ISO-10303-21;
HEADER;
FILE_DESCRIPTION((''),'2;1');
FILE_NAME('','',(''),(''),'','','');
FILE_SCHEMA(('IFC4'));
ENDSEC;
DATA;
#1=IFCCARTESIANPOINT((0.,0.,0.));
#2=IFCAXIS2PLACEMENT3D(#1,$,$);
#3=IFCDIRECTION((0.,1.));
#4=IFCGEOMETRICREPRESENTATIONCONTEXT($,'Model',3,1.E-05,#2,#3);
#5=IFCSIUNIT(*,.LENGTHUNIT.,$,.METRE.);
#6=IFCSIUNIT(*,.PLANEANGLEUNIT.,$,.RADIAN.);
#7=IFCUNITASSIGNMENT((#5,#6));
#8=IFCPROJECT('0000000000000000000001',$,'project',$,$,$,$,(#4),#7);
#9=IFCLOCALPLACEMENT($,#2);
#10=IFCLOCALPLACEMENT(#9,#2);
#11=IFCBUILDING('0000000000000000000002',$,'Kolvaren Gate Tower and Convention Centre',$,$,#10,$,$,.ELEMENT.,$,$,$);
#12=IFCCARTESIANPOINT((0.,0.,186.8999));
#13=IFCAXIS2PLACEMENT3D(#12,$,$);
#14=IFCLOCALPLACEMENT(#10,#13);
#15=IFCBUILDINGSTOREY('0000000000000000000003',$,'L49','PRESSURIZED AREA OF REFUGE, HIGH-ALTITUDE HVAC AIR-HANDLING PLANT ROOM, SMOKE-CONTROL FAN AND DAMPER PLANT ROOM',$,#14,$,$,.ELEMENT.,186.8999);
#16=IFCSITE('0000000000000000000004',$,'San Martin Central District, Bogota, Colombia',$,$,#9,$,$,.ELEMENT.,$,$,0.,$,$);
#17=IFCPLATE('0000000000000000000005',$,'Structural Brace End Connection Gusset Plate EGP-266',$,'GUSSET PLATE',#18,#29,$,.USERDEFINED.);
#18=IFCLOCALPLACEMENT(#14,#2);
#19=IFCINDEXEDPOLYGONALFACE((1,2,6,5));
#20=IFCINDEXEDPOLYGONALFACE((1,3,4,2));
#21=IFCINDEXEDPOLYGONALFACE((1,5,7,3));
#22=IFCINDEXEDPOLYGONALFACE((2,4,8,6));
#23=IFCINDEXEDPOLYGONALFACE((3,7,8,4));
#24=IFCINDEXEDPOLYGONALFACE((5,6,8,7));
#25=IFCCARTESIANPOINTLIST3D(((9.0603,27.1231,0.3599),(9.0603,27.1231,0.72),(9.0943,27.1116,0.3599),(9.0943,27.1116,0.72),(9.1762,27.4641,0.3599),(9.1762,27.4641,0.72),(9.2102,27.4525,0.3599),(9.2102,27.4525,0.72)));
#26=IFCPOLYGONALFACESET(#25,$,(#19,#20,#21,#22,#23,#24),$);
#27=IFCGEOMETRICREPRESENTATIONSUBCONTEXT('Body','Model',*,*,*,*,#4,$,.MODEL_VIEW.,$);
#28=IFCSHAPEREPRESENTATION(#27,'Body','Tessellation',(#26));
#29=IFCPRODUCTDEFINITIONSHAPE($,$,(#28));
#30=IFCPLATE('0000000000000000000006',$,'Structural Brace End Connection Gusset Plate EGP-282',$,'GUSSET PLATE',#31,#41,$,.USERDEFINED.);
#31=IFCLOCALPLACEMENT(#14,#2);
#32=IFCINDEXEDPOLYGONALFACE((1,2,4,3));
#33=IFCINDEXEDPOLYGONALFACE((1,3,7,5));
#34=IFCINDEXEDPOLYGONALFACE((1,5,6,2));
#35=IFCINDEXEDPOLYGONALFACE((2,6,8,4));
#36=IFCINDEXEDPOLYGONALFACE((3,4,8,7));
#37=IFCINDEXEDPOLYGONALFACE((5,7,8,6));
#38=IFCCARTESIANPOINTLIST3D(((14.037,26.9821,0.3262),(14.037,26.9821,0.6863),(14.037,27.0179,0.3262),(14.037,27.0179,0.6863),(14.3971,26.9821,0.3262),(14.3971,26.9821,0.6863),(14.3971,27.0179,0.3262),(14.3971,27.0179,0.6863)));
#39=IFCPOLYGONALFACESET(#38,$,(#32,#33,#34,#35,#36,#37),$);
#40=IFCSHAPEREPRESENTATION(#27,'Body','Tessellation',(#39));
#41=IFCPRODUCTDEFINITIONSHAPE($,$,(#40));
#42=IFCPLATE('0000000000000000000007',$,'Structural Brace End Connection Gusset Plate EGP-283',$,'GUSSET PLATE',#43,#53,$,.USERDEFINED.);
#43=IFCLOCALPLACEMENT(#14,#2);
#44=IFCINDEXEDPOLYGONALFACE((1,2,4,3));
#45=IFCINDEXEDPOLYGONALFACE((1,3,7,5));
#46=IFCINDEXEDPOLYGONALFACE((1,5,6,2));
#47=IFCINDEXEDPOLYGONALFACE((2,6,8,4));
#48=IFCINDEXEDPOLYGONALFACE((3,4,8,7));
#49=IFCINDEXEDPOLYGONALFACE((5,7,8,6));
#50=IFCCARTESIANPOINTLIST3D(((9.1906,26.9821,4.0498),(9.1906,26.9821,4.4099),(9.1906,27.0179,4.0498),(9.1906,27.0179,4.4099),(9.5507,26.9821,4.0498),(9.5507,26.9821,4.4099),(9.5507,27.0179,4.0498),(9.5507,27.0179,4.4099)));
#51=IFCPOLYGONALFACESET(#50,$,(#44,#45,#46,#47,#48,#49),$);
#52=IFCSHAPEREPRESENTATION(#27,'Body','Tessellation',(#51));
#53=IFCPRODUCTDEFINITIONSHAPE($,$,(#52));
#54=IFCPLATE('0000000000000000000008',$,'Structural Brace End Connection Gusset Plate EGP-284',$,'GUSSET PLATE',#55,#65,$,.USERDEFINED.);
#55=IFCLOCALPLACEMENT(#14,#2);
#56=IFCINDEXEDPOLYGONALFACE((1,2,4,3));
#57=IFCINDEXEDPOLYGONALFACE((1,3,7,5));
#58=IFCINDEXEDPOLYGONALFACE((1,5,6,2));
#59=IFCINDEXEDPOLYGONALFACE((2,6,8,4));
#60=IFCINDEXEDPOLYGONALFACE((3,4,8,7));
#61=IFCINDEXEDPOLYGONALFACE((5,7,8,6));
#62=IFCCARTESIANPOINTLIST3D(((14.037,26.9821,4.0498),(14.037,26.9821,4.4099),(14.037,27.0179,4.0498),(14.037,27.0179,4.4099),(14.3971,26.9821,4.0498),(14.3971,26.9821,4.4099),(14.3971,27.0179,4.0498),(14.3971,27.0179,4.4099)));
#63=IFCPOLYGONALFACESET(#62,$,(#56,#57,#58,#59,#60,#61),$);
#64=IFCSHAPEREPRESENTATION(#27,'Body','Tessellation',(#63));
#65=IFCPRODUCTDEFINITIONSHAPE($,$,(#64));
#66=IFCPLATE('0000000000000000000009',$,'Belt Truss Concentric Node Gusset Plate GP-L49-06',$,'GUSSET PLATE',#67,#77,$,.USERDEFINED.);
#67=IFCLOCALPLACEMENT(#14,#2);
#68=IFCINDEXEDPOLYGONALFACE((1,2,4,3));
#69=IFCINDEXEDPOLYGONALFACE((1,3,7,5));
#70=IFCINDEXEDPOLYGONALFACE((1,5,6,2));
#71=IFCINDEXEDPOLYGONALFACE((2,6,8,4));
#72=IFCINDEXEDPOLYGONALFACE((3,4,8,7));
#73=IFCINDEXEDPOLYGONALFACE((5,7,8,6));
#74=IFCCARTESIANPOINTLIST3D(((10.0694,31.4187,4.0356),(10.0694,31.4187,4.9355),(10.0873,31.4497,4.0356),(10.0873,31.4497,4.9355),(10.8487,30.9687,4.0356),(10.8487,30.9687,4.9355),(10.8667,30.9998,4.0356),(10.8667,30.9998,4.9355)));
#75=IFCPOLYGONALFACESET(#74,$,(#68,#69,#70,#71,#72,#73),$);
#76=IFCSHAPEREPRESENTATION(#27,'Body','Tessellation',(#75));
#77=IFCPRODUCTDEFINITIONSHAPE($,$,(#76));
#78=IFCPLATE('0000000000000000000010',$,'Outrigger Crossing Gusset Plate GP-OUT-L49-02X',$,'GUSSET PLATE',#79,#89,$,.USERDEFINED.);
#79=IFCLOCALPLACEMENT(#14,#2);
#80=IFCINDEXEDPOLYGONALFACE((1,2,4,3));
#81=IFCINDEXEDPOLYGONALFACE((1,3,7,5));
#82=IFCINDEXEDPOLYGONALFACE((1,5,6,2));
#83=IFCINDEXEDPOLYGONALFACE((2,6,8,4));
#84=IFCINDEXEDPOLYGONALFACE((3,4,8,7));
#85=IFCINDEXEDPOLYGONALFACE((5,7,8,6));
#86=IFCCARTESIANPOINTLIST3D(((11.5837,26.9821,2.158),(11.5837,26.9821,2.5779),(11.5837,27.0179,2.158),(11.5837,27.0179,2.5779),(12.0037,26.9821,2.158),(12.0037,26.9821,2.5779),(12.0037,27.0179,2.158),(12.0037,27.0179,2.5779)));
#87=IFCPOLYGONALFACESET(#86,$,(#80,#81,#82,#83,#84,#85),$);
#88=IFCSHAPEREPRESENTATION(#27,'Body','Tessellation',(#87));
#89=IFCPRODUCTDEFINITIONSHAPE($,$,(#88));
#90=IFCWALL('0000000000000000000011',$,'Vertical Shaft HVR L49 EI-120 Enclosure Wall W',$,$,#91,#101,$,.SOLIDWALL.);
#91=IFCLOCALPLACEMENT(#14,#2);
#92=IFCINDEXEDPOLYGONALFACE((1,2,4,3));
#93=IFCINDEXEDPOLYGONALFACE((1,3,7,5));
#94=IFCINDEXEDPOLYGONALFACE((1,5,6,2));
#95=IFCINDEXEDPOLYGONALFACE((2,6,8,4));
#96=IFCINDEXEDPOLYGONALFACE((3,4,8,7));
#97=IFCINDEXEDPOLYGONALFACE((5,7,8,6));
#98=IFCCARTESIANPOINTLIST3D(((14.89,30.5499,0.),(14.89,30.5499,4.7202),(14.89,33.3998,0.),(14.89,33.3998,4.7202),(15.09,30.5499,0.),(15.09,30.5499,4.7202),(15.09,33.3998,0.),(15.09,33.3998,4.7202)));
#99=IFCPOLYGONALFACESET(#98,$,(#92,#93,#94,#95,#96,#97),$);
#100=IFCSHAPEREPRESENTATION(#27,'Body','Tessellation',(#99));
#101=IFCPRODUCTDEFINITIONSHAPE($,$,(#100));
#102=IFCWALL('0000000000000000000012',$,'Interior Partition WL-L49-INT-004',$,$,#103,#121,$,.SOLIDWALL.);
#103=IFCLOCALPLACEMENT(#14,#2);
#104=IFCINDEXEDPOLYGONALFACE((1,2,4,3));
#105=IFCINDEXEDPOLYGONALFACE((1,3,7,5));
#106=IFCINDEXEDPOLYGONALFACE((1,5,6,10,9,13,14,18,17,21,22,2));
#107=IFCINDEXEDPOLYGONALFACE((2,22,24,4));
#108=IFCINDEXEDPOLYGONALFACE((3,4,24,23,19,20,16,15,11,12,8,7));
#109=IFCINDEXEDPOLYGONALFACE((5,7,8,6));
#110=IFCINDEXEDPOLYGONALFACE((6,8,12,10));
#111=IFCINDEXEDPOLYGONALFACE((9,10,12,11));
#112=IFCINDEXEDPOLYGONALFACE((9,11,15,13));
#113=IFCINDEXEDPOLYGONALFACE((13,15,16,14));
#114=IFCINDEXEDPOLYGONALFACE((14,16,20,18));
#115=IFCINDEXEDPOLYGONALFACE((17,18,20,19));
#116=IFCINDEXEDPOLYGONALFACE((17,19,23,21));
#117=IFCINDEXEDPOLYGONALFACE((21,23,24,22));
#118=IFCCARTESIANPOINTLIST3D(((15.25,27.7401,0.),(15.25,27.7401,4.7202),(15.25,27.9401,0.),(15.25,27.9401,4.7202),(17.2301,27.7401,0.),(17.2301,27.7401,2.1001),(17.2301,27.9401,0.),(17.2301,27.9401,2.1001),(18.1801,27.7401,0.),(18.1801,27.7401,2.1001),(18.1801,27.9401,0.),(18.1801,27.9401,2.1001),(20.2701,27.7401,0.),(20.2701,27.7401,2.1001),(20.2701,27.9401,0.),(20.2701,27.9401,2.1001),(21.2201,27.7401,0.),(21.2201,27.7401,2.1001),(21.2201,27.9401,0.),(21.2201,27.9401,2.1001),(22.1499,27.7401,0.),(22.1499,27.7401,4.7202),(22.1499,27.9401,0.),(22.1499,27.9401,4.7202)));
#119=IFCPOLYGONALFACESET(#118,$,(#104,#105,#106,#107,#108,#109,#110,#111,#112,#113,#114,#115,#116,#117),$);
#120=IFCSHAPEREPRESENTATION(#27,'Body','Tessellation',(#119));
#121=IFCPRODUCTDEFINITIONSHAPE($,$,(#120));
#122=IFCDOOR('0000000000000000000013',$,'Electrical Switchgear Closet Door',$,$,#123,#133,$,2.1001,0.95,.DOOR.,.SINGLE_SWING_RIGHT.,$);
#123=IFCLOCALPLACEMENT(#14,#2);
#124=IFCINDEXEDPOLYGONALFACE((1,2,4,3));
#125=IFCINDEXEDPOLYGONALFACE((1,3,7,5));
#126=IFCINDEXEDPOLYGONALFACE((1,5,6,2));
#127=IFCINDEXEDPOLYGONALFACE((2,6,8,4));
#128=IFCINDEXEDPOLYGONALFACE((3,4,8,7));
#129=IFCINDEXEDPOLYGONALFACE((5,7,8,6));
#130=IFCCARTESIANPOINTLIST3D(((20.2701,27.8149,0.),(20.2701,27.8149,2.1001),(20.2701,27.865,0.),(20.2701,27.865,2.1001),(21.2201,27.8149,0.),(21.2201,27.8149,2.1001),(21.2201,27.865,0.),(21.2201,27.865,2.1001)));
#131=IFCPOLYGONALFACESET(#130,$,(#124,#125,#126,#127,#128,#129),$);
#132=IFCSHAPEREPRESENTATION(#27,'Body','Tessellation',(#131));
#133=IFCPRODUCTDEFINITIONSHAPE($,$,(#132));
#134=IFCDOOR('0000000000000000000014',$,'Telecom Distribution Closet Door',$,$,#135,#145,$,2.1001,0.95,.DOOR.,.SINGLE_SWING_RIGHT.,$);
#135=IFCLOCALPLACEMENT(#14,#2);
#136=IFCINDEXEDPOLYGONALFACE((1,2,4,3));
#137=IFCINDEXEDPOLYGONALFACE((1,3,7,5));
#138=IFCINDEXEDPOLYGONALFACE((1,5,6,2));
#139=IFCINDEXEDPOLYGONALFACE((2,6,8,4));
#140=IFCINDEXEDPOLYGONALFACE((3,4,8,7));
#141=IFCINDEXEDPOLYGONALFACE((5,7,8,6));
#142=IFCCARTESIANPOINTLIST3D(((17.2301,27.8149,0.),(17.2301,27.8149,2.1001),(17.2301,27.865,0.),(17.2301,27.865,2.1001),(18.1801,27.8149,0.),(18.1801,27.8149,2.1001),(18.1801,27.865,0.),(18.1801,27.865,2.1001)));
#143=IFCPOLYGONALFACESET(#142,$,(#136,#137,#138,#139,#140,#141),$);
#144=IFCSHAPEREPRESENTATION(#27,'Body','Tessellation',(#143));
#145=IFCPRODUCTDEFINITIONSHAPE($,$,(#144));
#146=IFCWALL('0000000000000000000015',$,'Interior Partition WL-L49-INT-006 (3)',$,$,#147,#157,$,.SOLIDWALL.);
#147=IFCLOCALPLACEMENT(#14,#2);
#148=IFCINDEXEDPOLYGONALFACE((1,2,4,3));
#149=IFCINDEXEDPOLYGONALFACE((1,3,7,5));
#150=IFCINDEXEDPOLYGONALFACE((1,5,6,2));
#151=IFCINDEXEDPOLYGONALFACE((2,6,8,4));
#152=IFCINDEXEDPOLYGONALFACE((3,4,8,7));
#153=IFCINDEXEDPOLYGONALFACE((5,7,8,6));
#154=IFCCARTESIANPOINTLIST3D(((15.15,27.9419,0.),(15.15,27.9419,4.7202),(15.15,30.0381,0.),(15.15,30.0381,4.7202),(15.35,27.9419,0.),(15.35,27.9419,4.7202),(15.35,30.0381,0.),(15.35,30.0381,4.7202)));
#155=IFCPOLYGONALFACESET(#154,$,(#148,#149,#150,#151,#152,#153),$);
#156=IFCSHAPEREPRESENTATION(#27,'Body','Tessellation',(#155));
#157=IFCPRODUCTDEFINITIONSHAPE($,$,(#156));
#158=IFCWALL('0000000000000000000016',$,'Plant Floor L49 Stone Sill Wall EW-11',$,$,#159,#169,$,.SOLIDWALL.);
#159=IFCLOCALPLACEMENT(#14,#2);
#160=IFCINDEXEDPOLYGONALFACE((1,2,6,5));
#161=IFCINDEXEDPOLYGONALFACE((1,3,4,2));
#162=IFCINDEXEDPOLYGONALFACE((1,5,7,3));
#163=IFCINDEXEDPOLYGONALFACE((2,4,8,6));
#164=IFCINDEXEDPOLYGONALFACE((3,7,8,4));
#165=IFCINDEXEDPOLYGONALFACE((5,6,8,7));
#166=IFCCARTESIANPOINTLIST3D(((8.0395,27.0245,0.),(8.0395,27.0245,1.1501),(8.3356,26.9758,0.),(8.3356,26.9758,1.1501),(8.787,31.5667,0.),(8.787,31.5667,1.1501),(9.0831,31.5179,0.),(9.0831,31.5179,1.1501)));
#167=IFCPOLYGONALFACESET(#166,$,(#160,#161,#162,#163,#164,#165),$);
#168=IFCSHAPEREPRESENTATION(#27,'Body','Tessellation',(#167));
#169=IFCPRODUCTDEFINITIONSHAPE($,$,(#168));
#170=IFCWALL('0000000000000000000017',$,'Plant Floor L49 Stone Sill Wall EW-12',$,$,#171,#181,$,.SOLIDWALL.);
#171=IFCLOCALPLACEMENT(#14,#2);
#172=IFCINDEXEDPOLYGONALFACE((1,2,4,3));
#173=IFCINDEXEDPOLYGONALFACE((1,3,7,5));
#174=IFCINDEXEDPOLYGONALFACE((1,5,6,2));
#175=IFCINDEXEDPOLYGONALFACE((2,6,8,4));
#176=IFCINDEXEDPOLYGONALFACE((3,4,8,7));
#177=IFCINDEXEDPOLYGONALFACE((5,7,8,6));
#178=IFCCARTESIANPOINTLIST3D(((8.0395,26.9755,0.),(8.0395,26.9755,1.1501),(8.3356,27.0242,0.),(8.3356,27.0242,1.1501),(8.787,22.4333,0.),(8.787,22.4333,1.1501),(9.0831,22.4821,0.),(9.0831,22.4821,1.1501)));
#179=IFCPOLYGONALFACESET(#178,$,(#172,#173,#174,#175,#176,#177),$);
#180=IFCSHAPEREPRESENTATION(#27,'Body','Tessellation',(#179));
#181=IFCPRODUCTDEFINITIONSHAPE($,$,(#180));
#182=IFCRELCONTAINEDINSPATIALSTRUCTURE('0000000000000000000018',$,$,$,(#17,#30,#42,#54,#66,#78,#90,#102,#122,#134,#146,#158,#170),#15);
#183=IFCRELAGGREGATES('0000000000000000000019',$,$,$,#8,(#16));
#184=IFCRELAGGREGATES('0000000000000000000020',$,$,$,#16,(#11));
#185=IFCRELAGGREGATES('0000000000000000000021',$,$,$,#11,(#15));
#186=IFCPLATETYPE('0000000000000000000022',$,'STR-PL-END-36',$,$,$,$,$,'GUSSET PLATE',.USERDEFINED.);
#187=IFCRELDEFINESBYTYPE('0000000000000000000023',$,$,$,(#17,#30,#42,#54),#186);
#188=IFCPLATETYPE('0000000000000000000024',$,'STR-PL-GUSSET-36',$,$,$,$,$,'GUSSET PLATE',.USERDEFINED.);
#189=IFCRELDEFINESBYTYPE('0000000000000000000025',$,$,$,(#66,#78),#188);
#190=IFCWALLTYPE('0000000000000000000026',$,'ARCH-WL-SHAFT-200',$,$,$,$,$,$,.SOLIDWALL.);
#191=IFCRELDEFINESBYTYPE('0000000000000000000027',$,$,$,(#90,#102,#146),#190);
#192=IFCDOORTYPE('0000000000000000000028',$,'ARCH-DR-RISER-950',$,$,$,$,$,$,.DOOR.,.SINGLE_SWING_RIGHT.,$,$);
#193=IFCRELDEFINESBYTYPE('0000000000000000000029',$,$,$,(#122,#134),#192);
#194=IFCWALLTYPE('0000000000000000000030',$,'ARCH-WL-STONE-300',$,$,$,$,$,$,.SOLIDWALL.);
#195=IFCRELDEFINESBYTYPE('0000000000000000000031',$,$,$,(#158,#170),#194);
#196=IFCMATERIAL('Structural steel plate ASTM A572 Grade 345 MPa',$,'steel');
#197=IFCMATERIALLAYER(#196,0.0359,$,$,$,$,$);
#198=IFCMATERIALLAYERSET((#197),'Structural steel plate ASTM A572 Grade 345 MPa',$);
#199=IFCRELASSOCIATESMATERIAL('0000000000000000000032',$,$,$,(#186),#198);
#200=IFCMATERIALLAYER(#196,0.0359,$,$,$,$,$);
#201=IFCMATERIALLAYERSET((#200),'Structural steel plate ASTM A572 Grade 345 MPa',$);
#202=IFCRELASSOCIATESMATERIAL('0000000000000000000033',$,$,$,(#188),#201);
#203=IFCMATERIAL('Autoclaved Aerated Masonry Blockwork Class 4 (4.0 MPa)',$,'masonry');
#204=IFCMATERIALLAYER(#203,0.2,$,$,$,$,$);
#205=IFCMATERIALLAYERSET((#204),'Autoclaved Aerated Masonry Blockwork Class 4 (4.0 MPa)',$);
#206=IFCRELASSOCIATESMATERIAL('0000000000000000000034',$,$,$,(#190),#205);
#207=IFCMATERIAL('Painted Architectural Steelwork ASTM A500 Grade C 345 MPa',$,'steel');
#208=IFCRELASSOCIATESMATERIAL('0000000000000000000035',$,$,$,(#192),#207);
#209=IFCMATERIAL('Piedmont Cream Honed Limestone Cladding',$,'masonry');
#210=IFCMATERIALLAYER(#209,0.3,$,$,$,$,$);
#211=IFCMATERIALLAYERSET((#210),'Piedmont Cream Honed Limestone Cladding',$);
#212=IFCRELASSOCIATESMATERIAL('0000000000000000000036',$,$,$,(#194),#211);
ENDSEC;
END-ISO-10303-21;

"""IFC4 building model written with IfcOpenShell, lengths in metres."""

from ifc_helpers import new_model, si_unit, direction, frame, frame_2d, origin, origin_2d, place, context, subcontext, project, spatial, rectangle, extrude, material, layer, layer_set, type_object, element, fill, save


model = new_model("IFC4")

# Units and contexts
model_context = context("Model", 3, precision=1e-05, world=origin(), true_north=direction((0.0, 1.0)))
body_context = subcontext(model_context, "Body", "Model", "MODEL_VIEW")
ifc_project = project(units=[si_unit("LENGTHUNIT", "METRE"), si_unit("PLANEANGLEUNIT", "RADIAN")], contexts=[model_context])

# Site, building, storey
site_placement = place(None, origin())
site = spatial("IfcSite", under=ifc_project, at=site_placement, Name="San Martin Central District, Bogota, Colombia", CompositionType="ELEMENT", RefElevation=0.0)
building_placement = place(site_placement, origin())
building = spatial("IfcBuilding", under=site, at=building_placement, Name="Kolvaren Gate Tower and Convention Centre", CompositionType="ELEMENT")
storey_placement = place(building_placement, frame((0.0, 0.0, 186.8999)))
storey = spatial("IfcBuildingStorey", under=building, at=storey_placement, Name="L49", Description="PRESSURIZED AREA OF REFUGE, HIGH-ALTITUDE HVAC AIR-HANDLING PLANT ROOM, SMOKE-CONTROL FAN AND DAMPER PLANT ROOM", CompositionType="ELEMENT", Elevation=186.8999)

# Plates
ifc_material_1 = material(Name="Structural steel plate ASTM A572 Grade 345 MPa", Category="steel")
ifc_layer_1 = layer(ifc_material_1, 0.0359)
ifc_layer_set_1 = layer_set([ifc_layer_1], Name="Structural steel plate ASTM A572 Grade 345 MPa")
plate_type_1 = type_object("IfcPlateType", Name="STR-PL-END-36", ElementType="GUSSET PLATE", PredefinedType="USERDEFINED", material=ifc_layer_set_1)
for number, where, z_axis, x_axis, name in (
    (1, (9.1353, 27.2878, 0.3599), (0.0, 0.0, 1.0), (0.321749, 0.946825, 0.0), "Structural Brace End Connection Gusset Plate EGP-266"),
    (2, (14.217, 27.0, 0.3262), (0.0, 0.0, 1.0), (-1.0, 0.0, 0.0), "Structural Brace End Connection Gusset Plate EGP-282"),
    (3, (9.3706, 27.0, 4.0498), (0.0, 0.0, 1.0), (-1.0, 0.0, 0.0), "Structural Brace End Connection Gusset Plate EGP-283"),
    (4, (14.217, 27.0, 4.0498), (0.0, 0.0, 1.0), (1.0, 0.0, 0.0), "Structural Brace End Connection Gusset Plate EGP-284"),
):
    element("IfcPlate", number, at=place(storey_placement, frame(where, z_axis=z_axis, x_axis=x_axis)), inside=storey, type_object=plate_type_1, Name=name, ObjectType="GUSSET PLATE", PredefinedType="USERDEFINED", context=body_context, shape_type="SweptSolid", body=[
        extrude(rectangle(XDim=0.3601, YDim=0.0359, at=origin_2d()), origin(), (0.0, 0.0, 1.0), 0.3601),
    ])
ifc_layer_2 = layer(ifc_material_1, 0.0359)
ifc_layer_set_2 = layer_set([ifc_layer_2], Name="Structural steel plate ASTM A572 Grade 345 MPa")
plate_type_2 = type_object("IfcPlateType", Name="STR-PL-GUSSET-36", ElementType="GUSSET PLATE", PredefinedType="USERDEFINED", material=ifc_layer_set_2)
plate_1_placement = place(storey_placement, frame((10.468, 31.2092, 4.0356), z_axis=(0.0, 0.0, 1.0), x_axis=(-0.866025, 0.5, 0.0)))
element("IfcPlate", 5, at=plate_1_placement, inside=storey, type_object=plate_type_2, Name="Belt Truss Concentric Node Gusset Plate GP-L49-06", ObjectType="GUSSET PLATE", PredefinedType="USERDEFINED", context=body_context, shape_type="SweptSolid", body=[
    extrude(rectangle(XDim=0.8999, YDim=0.0359, at=origin_2d()), origin(), (0.0, 0.0, 1.0), 0.8999),
])
plate_2_placement = place(storey_placement, frame((11.7937, 27.0, 2.158), z_axis=(0.0, 0.0, 1.0), x_axis=(-1.0, 0.0, 0.0)))
element("IfcPlate", 6, at=plate_2_placement, inside=storey, type_object=plate_type_2, Name="Outrigger Crossing Gusset Plate GP-OUT-L49-02X", ObjectType="GUSSET PLATE", PredefinedType="USERDEFINED", context=body_context, shape_type="SweptSolid", body=[
    extrude(rectangle(XDim=0.4199, YDim=0.0359, at=origin_2d()), origin(), (0.0, 0.0, 1.0), 0.4199),
])

# Wall
ifc_material_2 = material(Name="Autoclaved Aerated Masonry Blockwork Class 4 (4.0 MPa)", Category="masonry")
ifc_layer_3 = layer(ifc_material_2, 0.2)
ifc_layer_set_3 = layer_set([ifc_layer_3], Name="Autoclaved Aerated Masonry Blockwork Class 4 (4.0 MPa)")
wall_type_1 = type_object("IfcWallType", Name="ARCH-WL-SHAFT-200", PredefinedType="SOLIDWALL", material=ifc_layer_set_3)
wall_1_placement = place(storey_placement, frame((14.99, 30.55, 0.0), z_axis=(0.0, 0.0, 1.0), x_axis=(0.0, 1.0, 0.0)))
element("IfcWall", 7, at=wall_1_placement, inside=storey, type_object=wall_type_1, Name="Vertical Shaft HVR L49 EI-120 Enclosure Wall W", PredefinedType="SOLIDWALL", context=body_context, shape_type="SweptSolid", body=[
    extrude(rectangle(XDim=2.8499, YDim=0.2, at=frame_2d((1.4248, 0.0))), origin(), (0.0, 0.0, 1.0), 4.7202),
])

# Wall, openings, doors
wall_2_placement = place(storey_placement, frame((15.25, 27.8401, 0.0), z_axis=(0.0, 0.0, 1.0), x_axis=(1.0, 0.0, 0.0)))
wall_2 = element("IfcWall", 8, at=wall_2_placement, inside=storey, type_object=wall_type_1, Name="Interior Partition WL-L49-INT-004", PredefinedType="SOLIDWALL", context=body_context, shape_type="SweptSolid", body=[
    extrude(rectangle(XDim=6.8999, YDim=0.2, at=frame_2d((3.45, 0.0))), origin(), (0.0, 0.0, 1.0), 4.7202),
])
opening_1_placement = place(wall_2_placement, frame((5.02, 0.0, 0.0)))
opening_1 = element("IfcOpeningElement", 9, at=opening_1_placement, cuts=wall_2, PredefinedType="OPENING", context=body_context, shape_type="SweptSolid", body=[
    extrude(rectangle(XDim=0.95, YDim=2.1001, at=frame_2d((0.4751, 1.05))), frame((0.0, 0.1099, 0.0), z_axis=(0.0, -1.0, 0.0), x_axis=(1.0, 0.0, 0.0)), (0.0, 0.0, 1.0), 0.22),
])
opening_2_placement = place(wall_2_placement, frame((1.98, 0.0, 0.0)))
opening_2 = element("IfcOpeningElement", 10, at=opening_2_placement, cuts=wall_2, PredefinedType="OPENING", context=body_context, shape_type="SweptSolid", body=[
    extrude(rectangle(XDim=0.95, YDim=2.1001, at=frame_2d((0.4751, 1.05))), frame((0.0, 0.1099, 0.0), z_axis=(0.0, -1.0, 0.0), x_axis=(1.0, 0.0, 0.0)), (0.0, 0.0, 1.0), 0.22),
])
ifc_material_3 = material(Name="Painted Architectural Steelwork ASTM A500 Grade C 345 MPa", Category="steel")
door_type = type_object("IfcDoorType", Name="ARCH-DR-RISER-950", OperationType="SINGLE_SWING_RIGHT", PredefinedType="DOOR", material=ifc_material_3)
door_1_placement = place(opening_1_placement, origin())
door_1 = element("IfcDoor", 11, at=door_1_placement, inside=storey, type_object=door_type, Name="Electrical Switchgear Closet Door", OperationType="SINGLE_SWING_RIGHT", OverallHeight=2.1001, OverallWidth=0.95, PredefinedType="DOOR", context=body_context, shape_type="SweptSolid", body=[
    extrude(rectangle(XDim=0.95, YDim=2.1001, at=frame_2d((0.4751, 1.05))), frame((0.0, 0.0249, 0.0), z_axis=(0.0, -1.0, 0.0), x_axis=(1.0, 0.0, 0.0)), (0.0, 0.0, 1.0), 0.05),
])
fill(opening_1, door_1)
door_2_placement = place(opening_2_placement, origin())
door_2 = element("IfcDoor", 12, at=door_2_placement, inside=storey, type_object=door_type, Name="Telecom Distribution Closet Door", OperationType="SINGLE_SWING_RIGHT", OverallHeight=2.1001, OverallWidth=0.95, PredefinedType="DOOR", context=body_context, shape_type="SweptSolid", body=[
    extrude(rectangle(XDim=0.95, YDim=2.1001, at=frame_2d((0.4751, 1.05))), frame((0.0, 0.0249, 0.0), z_axis=(0.0, -1.0, 0.0), x_axis=(1.0, 0.0, 0.0)), (0.0, 0.0, 1.0), 0.05),
])
fill(opening_2, door_2)

# Walls
wall_3_placement = place(storey_placement, frame((15.25, 27.9419, 0.0), z_axis=(0.0, 0.0, 1.0), x_axis=(0.0, 1.0, 0.0)))
element("IfcWall", 13, at=wall_3_placement, inside=storey, type_object=wall_type_1, Name="Interior Partition WL-L49-INT-006 (3)", PredefinedType="SOLIDWALL", context=body_context, shape_type="SweptSolid", body=[
    extrude(rectangle(XDim=2.0962, YDim=0.2, at=frame_2d((1.0481, 0.0))), origin(), (0.0, 0.0, 1.0), 4.7202),
])
ifc_material_4 = material(Name="Piedmont Cream Honed Limestone Cladding", Category="masonry")
ifc_layer_4 = layer(ifc_material_4, 0.3)
ifc_layer_set_4 = layer_set([ifc_layer_4], Name="Piedmont Cream Honed Limestone Cladding")
wall_type_2 = type_object("IfcWallType", Name="ARCH-WL-STONE-300", PredefinedType="SOLIDWALL", material=ifc_layer_set_4)
for number, where, z_axis, x_axis, name in (
    (14, (8.1875, 27.0, 0.0), (0.0, 0.0, 1.0), (0.162395, 0.986726, 0.0), "Plant Floor L49 Stone Sill Wall EW-11"),
    (15, (8.1875, 27.0, 0.0), (0.0, 0.0, 1.0), (0.162395, -0.986726, 0.0), "Plant Floor L49 Stone Sill Wall EW-12"),
):
    element("IfcWall", number, at=place(storey_placement, frame(where, z_axis=z_axis, x_axis=x_axis)), inside=storey, type_object=wall_type_2, Name=name, PredefinedType="SOLIDWALL", context=body_context, shape_type="SweptSolid", body=[
        extrude(rectangle(XDim=4.6033, YDim=0.3, at=frame_2d((2.3018, 0.0))), origin(), (0.0, 0.0, 1.0), 1.1501),
    ])

save(model, "model.ifc")
